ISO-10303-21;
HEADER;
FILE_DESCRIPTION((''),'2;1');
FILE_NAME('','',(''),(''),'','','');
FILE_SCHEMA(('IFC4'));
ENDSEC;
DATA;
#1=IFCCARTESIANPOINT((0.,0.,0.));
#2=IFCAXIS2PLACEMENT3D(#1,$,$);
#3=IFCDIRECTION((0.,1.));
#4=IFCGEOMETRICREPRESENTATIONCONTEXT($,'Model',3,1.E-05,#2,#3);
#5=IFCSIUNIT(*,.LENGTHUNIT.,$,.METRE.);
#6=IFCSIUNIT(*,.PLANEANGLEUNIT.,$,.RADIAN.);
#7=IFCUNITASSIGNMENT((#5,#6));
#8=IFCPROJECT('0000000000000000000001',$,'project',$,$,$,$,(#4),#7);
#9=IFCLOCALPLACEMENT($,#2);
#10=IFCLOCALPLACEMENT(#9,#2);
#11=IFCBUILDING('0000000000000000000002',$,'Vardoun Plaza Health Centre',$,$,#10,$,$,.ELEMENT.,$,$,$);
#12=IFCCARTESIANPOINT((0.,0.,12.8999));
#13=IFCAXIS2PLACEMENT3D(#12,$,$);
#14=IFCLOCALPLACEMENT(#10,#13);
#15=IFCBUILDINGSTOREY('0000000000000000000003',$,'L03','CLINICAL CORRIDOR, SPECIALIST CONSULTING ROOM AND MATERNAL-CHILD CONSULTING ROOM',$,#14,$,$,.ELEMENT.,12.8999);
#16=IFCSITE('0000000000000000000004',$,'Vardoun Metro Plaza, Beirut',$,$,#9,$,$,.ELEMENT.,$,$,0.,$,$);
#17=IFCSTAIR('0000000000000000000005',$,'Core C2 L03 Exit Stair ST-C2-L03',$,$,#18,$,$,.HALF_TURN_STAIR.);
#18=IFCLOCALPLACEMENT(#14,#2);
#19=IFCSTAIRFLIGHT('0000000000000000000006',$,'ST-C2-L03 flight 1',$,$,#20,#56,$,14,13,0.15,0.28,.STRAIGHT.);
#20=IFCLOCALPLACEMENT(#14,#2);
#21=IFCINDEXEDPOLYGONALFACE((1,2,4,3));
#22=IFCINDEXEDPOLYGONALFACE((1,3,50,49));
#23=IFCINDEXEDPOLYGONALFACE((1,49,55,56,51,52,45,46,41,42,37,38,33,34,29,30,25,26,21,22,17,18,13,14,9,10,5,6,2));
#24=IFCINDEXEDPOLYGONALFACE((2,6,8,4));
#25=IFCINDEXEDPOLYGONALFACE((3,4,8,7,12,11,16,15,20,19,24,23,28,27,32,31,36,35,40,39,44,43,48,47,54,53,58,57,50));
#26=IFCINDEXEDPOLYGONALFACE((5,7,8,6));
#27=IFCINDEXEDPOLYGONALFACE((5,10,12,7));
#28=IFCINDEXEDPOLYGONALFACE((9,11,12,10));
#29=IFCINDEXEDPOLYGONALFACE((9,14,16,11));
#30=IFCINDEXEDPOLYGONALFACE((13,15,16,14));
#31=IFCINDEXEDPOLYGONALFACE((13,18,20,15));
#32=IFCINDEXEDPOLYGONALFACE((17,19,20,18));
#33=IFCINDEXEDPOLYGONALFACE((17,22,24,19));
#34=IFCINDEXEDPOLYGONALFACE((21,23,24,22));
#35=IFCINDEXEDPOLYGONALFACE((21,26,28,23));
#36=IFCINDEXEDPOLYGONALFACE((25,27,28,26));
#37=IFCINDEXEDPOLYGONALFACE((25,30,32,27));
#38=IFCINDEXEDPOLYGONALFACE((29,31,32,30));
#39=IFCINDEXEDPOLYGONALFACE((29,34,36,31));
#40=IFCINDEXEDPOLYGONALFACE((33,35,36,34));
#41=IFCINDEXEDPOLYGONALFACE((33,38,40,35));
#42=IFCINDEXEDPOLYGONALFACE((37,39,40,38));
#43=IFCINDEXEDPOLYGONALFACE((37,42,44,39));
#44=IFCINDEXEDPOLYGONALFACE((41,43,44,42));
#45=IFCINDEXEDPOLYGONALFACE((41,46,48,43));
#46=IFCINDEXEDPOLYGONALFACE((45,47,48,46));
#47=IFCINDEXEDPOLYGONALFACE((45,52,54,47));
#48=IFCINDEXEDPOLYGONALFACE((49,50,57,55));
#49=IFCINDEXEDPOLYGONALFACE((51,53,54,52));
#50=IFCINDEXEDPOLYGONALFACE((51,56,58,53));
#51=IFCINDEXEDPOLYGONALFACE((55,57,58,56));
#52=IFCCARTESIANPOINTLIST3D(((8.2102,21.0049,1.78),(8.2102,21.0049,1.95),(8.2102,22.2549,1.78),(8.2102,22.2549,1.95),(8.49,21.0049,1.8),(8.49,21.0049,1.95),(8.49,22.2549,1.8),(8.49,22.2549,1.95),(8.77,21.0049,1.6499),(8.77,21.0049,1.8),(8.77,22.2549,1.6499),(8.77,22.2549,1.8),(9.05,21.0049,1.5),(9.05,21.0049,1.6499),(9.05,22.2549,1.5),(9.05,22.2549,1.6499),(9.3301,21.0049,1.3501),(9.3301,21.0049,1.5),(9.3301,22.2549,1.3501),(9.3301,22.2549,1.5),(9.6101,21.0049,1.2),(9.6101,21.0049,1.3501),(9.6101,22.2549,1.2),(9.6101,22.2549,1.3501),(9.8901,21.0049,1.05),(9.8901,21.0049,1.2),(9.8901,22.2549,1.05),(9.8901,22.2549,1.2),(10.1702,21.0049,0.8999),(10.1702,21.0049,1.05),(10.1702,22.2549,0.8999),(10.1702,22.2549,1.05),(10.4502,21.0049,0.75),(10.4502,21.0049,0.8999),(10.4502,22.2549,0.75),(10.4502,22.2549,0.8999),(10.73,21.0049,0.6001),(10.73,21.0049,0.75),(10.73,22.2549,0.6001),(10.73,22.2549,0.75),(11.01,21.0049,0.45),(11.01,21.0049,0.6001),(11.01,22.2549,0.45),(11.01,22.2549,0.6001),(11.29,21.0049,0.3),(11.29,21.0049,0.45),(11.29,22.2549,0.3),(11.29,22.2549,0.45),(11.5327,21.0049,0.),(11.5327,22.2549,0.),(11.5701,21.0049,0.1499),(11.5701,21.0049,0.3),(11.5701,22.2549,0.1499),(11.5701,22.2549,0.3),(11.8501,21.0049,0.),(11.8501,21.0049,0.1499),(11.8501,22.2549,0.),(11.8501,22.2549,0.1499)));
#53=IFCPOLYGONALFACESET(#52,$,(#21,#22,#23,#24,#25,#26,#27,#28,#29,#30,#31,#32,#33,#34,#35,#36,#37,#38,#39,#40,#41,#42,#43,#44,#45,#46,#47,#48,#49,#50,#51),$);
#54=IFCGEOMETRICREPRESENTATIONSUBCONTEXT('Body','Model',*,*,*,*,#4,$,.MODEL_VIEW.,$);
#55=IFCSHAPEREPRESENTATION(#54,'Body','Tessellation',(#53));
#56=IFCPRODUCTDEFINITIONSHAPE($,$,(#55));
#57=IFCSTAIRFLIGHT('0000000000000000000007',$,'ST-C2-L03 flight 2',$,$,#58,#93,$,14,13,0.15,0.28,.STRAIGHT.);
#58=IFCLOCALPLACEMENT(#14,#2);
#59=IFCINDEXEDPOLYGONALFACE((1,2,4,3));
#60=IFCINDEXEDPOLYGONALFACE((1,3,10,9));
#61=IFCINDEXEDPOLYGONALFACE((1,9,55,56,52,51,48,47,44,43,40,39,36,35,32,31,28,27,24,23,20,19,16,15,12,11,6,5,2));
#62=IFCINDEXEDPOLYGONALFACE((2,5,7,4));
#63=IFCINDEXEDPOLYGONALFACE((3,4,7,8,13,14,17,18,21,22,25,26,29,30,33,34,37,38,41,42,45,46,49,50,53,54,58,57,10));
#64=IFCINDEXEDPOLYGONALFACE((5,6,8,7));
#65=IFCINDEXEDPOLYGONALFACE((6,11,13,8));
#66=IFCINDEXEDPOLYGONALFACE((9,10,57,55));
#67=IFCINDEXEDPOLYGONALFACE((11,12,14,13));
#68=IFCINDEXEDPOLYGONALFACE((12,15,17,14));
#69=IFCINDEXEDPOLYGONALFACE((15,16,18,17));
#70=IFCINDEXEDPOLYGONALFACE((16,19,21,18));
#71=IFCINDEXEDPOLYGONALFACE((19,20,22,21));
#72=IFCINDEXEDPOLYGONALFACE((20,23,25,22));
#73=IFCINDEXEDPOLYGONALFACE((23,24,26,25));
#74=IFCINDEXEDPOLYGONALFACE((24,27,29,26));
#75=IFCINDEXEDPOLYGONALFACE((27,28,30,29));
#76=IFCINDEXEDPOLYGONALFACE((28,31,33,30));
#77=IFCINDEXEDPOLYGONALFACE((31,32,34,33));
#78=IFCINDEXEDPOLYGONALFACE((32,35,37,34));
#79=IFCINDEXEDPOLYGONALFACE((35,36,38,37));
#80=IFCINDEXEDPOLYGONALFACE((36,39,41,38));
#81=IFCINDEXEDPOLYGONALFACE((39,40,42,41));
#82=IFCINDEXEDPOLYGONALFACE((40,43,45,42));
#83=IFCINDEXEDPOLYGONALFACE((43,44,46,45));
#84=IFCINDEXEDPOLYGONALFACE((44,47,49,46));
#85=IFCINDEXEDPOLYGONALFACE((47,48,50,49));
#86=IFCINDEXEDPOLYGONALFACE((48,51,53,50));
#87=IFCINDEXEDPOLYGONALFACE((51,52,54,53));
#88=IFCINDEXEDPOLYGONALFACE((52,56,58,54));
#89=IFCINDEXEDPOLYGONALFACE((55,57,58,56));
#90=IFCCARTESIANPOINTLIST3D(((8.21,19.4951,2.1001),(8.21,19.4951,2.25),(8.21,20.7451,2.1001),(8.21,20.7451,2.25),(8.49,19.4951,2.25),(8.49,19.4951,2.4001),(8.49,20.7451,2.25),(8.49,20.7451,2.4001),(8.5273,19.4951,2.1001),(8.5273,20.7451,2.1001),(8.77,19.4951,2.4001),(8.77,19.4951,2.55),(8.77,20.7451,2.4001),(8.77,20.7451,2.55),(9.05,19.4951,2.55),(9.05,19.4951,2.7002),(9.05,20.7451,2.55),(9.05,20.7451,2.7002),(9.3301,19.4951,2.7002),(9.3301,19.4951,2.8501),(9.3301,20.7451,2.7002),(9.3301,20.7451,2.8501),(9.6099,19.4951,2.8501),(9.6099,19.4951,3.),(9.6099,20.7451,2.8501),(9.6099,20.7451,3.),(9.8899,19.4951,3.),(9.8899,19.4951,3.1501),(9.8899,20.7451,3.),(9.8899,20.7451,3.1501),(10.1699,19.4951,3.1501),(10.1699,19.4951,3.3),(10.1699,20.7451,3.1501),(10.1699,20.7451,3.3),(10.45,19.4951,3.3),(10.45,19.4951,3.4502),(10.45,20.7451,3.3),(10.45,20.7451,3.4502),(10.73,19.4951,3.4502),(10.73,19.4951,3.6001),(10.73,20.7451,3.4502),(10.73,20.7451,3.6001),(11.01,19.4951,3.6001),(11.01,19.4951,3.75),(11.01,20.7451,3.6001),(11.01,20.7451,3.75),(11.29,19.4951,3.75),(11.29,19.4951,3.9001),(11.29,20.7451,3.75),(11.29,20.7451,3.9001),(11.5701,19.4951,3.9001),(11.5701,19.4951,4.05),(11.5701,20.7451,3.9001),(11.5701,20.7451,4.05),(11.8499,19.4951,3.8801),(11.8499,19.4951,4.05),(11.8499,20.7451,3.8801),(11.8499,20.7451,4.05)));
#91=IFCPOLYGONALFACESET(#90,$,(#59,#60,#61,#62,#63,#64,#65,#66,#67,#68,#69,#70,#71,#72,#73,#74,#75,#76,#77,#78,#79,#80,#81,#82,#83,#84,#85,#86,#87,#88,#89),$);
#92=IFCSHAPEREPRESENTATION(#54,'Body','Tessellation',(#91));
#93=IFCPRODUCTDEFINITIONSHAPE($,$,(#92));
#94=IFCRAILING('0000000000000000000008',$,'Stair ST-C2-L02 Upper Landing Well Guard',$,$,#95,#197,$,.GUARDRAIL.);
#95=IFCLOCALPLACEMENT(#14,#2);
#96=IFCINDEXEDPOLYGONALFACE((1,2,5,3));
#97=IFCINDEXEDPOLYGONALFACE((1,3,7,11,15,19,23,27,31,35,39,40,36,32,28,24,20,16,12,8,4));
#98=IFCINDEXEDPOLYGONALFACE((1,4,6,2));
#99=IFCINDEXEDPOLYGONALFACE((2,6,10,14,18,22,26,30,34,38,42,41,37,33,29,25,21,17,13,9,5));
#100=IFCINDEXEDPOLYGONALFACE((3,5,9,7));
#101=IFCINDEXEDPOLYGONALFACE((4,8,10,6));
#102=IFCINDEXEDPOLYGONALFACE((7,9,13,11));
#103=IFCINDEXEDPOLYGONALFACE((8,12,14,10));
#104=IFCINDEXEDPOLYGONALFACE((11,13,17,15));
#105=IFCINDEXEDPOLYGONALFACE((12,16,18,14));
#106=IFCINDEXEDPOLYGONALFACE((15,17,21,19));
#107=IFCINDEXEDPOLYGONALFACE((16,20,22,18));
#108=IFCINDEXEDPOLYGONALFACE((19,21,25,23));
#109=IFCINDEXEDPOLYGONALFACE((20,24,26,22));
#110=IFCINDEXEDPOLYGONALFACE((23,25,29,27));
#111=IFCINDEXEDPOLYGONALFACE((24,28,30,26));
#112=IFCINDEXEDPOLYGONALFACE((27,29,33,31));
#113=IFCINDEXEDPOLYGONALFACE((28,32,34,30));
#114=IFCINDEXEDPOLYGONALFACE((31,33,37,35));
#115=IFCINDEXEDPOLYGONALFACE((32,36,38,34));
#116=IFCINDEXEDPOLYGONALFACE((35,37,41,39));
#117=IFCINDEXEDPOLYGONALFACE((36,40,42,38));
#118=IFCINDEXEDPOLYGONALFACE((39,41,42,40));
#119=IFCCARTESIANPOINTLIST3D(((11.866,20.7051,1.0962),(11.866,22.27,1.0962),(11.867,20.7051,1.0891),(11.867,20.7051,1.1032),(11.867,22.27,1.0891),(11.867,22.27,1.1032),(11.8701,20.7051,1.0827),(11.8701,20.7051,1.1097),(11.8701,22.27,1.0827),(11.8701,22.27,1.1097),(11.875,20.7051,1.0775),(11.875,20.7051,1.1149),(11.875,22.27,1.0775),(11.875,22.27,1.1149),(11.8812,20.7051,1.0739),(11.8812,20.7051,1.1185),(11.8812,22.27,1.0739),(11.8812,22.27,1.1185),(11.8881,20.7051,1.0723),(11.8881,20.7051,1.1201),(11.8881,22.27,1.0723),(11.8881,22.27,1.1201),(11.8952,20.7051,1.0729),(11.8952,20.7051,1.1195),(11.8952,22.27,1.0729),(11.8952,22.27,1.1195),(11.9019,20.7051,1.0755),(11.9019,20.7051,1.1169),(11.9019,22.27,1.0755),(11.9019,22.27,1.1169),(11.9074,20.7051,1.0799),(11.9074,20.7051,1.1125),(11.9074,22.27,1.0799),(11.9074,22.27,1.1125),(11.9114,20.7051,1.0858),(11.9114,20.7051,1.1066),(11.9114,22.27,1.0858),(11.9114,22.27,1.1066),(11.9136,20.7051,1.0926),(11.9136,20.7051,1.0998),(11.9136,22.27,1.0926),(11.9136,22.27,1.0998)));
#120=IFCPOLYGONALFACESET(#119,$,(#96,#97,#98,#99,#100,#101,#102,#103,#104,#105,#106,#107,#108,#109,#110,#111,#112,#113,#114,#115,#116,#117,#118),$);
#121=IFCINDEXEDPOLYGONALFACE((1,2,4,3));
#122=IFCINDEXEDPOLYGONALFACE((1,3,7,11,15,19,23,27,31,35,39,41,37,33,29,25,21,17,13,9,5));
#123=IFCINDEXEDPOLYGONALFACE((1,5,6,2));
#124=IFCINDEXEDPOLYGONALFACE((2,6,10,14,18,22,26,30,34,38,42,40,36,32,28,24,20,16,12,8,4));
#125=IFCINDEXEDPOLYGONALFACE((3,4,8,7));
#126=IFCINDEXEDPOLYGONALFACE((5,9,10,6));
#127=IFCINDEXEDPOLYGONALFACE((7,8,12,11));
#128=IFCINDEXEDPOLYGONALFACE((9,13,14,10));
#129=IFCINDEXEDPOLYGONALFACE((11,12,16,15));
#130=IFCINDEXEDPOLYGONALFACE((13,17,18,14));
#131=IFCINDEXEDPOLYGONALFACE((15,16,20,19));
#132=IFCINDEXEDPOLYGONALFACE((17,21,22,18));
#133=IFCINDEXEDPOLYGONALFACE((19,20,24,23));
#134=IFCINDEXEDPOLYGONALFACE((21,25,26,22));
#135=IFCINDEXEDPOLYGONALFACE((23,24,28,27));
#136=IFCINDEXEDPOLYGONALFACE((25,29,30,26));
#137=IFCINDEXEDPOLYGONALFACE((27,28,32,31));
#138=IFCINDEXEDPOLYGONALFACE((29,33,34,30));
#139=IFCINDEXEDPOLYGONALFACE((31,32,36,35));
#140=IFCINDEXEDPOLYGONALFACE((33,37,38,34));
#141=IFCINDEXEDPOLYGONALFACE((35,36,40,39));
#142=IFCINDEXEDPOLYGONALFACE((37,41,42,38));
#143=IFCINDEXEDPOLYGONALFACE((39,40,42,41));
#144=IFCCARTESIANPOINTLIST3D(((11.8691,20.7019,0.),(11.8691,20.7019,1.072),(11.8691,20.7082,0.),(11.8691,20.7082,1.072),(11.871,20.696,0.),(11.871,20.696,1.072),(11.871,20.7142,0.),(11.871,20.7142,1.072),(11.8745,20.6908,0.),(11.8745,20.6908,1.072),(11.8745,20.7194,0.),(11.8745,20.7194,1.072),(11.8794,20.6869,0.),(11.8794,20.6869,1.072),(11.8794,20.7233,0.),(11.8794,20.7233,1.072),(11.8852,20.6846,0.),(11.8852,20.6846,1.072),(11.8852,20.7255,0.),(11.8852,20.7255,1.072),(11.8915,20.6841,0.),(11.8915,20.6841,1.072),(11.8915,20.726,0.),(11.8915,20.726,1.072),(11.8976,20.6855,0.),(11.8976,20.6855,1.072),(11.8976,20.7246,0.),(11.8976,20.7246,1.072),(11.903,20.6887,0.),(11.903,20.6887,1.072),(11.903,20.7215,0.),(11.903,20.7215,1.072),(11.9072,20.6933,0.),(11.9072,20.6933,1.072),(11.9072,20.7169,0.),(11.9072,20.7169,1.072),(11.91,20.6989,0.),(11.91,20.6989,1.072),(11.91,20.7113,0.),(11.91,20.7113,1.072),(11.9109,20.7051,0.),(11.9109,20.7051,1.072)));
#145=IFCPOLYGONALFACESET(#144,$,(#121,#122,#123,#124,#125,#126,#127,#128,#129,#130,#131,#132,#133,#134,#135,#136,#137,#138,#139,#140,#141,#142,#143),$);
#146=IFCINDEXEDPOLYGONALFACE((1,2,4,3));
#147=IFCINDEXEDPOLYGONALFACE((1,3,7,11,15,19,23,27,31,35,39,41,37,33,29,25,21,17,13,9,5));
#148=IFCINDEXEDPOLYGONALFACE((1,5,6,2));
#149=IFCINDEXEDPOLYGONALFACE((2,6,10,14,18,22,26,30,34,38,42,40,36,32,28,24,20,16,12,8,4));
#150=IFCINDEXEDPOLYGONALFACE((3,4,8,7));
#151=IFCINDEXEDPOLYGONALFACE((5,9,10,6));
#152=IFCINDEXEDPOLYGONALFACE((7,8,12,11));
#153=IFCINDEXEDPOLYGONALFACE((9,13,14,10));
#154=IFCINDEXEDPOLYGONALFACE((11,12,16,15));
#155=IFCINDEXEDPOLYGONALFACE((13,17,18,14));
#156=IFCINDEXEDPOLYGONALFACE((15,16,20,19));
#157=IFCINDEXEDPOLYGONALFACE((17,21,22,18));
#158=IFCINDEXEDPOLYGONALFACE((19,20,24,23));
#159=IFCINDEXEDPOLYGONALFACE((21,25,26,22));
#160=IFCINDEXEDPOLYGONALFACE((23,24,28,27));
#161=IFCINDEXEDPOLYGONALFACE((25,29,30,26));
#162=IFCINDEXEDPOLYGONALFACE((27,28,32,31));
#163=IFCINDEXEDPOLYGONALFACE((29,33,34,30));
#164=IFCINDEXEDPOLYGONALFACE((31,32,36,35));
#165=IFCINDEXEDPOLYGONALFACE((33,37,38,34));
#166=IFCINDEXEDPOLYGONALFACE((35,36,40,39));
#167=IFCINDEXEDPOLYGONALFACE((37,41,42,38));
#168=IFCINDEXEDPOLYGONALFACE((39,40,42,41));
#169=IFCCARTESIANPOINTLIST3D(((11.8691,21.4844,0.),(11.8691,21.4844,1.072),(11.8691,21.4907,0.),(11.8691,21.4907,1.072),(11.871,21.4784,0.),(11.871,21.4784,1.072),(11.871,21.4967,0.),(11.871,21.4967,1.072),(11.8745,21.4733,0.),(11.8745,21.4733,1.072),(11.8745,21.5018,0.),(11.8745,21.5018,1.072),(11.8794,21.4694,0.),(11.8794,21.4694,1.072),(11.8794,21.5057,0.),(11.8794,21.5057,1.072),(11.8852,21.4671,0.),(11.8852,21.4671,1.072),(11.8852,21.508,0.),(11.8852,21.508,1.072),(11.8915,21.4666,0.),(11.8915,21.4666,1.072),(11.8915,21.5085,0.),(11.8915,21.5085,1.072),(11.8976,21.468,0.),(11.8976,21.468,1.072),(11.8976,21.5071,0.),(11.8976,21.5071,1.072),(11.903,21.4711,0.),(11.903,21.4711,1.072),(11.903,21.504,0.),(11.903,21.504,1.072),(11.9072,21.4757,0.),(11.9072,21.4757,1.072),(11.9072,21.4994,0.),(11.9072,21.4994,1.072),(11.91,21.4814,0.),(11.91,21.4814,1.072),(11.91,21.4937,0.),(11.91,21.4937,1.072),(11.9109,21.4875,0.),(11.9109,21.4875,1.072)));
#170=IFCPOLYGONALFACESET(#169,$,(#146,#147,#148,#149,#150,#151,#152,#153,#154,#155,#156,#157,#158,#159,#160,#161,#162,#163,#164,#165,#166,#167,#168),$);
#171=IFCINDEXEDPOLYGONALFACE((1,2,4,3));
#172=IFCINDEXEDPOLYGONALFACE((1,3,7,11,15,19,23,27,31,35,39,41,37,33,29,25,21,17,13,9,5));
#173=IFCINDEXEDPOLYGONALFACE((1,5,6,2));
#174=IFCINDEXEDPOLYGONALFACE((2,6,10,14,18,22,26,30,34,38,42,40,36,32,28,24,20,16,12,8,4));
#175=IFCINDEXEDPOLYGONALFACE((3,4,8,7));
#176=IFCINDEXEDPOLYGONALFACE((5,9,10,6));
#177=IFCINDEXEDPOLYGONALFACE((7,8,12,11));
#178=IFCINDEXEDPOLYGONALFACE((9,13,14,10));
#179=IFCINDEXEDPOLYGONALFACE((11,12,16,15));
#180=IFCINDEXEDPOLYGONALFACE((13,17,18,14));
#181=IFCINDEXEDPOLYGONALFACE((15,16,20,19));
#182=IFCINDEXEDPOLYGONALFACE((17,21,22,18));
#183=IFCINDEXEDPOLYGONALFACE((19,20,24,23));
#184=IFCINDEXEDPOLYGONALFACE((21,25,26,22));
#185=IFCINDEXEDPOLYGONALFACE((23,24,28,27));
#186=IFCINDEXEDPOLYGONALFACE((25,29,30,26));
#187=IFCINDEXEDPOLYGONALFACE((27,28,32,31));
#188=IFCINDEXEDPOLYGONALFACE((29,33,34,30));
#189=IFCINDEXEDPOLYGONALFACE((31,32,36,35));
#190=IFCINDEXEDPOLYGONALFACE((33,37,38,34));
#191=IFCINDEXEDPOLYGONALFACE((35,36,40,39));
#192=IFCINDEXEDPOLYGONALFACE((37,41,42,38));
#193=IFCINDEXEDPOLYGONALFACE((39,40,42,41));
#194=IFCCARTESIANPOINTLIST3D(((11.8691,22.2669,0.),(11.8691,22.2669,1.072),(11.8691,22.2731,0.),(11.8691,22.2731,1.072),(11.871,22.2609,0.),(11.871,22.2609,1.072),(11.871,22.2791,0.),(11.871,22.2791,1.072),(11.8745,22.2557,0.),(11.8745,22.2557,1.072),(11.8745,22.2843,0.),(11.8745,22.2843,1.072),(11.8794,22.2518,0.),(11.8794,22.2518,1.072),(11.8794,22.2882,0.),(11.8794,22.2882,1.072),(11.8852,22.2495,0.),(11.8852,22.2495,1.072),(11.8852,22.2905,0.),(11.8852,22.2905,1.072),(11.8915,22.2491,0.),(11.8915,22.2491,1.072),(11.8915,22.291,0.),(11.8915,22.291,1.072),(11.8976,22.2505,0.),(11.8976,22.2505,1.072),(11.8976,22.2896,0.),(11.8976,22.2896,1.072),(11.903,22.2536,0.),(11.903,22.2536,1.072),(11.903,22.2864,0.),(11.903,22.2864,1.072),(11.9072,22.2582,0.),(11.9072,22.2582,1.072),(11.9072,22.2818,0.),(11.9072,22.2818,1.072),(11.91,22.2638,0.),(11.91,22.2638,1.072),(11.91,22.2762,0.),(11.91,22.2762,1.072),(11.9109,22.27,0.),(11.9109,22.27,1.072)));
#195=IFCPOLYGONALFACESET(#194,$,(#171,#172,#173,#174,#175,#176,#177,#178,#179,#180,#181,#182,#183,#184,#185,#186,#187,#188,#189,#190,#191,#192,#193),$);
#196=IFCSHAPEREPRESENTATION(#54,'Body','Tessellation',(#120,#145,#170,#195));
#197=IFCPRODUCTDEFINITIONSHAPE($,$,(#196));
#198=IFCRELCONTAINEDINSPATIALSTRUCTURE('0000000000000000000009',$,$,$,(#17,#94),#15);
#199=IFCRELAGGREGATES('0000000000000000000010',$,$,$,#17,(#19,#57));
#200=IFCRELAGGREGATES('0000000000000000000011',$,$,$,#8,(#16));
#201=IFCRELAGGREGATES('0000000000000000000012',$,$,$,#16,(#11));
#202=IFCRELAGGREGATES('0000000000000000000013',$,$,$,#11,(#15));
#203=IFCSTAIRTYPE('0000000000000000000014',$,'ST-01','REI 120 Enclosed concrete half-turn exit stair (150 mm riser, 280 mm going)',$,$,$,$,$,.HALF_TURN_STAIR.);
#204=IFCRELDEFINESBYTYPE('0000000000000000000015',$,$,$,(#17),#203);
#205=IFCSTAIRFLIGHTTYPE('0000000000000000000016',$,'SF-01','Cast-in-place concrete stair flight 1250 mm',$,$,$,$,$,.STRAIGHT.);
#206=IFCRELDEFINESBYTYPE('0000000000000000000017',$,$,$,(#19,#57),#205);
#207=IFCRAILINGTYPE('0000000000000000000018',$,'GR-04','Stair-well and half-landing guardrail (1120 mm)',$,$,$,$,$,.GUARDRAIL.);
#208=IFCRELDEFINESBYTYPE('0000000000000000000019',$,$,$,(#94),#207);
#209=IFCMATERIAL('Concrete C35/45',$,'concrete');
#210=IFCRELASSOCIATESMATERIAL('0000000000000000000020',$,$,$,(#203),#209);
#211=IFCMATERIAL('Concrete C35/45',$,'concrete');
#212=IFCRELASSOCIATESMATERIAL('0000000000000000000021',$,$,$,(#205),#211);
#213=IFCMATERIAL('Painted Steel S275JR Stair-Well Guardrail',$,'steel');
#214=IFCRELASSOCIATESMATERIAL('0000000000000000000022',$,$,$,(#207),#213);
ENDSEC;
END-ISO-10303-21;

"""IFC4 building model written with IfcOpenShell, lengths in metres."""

from ifc_helpers import new_model, si_unit, direction, frame, origin, origin_2d, place, context, subcontext, project, spatial, polyline, circle, outline, extrude, material, type_object, element, aggregate, save


model = new_model("IFC4")

# Units and contexts
model_context = context("Model", 3, precision=1e-05, world=origin(), true_north=direction((0.0, 1.0)))
body_context = subcontext(model_context, "Body", "Model", "MODEL_VIEW")
ifc_project = project(units=[si_unit("LENGTHUNIT", "METRE"), si_unit("PLANEANGLEUNIT", "RADIAN")], contexts=[model_context])

# Site, building, storey
site_placement = place(None, origin())
site = spatial("IfcSite", under=ifc_project, at=site_placement, Name="Vardoun Metro Plaza, Beirut", CompositionType="ELEMENT", RefElevation=0.0)
building_placement = place(site_placement, origin())
building = spatial("IfcBuilding", under=site, at=building_placement, Name="Vardoun Plaza Health Centre", CompositionType="ELEMENT")
storey_placement = place(building_placement, frame((0.0, 0.0, 12.8999)))
storey = spatial("IfcBuildingStorey", under=building, at=storey_placement, Name="L03", Description="CLINICAL CORRIDOR, SPECIALIST CONSULTING ROOM AND MATERNAL-CHILD CONSULTING ROOM", CompositionType="ELEMENT", Elevation=12.8999)

# Stair, stair flights
ifc_material_1 = material(Name="Concrete C35/45", Category="concrete")
stair_type = type_object("IfcStairType", Name="ST-01", Description="REI 120 Enclosed concrete half-turn exit stair (150 mm riser, 280 mm going)", PredefinedType="HALF_TURN_STAIR", material=ifc_material_1)
stair_placement = place(storey_placement, origin())
stair = element("IfcStair", 1, at=stair_placement, inside=storey, type_object=stair_type, Name="Core C2 L03 Exit Stair ST-C2-L03", PredefinedType="HALF_TURN_STAIR")
ifc_material_2 = material(Name="Concrete C35/45", Category="concrete")
stair_flight_type = type_object("IfcStairFlightType", Name="SF-01", Description="Cast-in-place concrete stair flight 1250 mm", PredefinedType="STRAIGHT", material=ifc_material_2)
stair_flight_1_placement = place(storey_placement, frame((11.8501, 21.6299, 0.0), z_axis=(0.0, 0.0, 1.0), x_axis=(-1.0, 0.0, 0.0)))
stair_flight_1 = element("IfcStairFlight", 2, at=stair_flight_1_placement, type_object=stair_flight_type, Name="ST-C2-L03 flight 1", NumberOfRisers=14, NumberOfTreads=13, PredefinedType="STRAIGHT", RiserHeight=0.15, TreadLength=0.28, context=body_context, shape_type="SweptSolid", body=[
    extrude(outline(polyline([(0.0, 0.0), (0.0, 0.1499), (0.28, 0.1499), (0.28, 0.3), (0.5601, 0.3), (0.5601, 0.45), (0.8401, 0.45), (0.8401, 0.6001), (1.1201, 0.6001), (1.1201, 0.75), (1.3999, 0.75), (1.3999, 0.8999), (1.6799, 0.8999), (1.6799, 1.05), (1.96, 1.05), (1.96, 1.2), (2.24, 1.2), (2.24, 1.3501), (2.52, 1.3501), (2.52, 1.5), (2.8, 1.5), (2.8, 1.6499), (3.0801, 1.6499), (3.0801, 1.8), (3.3601, 1.8), (3.3601, 1.95), (3.6399, 1.95), (3.6399, 2.1001), (3.6399, 1.78), (0.3174, 0.0), (0.0, 0.0)])), frame((0.0, 0.625, 0.0), z_axis=(0.0, -1.0, 0.0), x_axis=(1.0, 0.0, 0.0)), (0.0, 0.0, 1.0), 1.25),
])
stair_flight_2_placement = place(storey_placement, frame((8.21, 20.1201, 2.1001), z_axis=(0.0, 0.0, 1.0), x_axis=(1.0, 0.0, 0.0)))
stair_flight_2 = element("IfcStairFlight", 3, at=stair_flight_2_placement, type_object=stair_flight_type, Name="ST-C2-L03 flight 2", NumberOfRisers=14, NumberOfTreads=13, PredefinedType="STRAIGHT", RiserHeight=0.15, TreadLength=0.28, context=body_context, shape_type="SweptSolid", body=[
    extrude(outline(polyline([(0.0, 0.0), (0.0, 0.1499), (0.28, 0.1499), (0.28, 0.3), (0.5601, 0.3), (0.5601, 0.45), (0.8401, 0.45), (0.8401, 0.6001), (1.1201, 0.6001), (1.1201, 0.75), (1.3999, 0.75), (1.3999, 0.8999), (1.6799, 0.8999), (1.6799, 1.05), (1.96, 1.05), (1.96, 1.2), (2.24, 1.2), (2.24, 1.3501), (2.52, 1.3501), (2.52, 1.5), (2.8, 1.5), (2.8, 1.6499), (3.0801, 1.6499), (3.0801, 1.8), (3.3601, 1.8), (3.3601, 1.95), (3.6399, 1.95), (3.6399, 2.1001), (3.6399, 1.78), (0.3174, 0.0), (0.0, 0.0)])), frame((0.0, 0.625, 0.0), z_axis=(0.0, -1.0, 0.0), x_axis=(1.0, 0.0, 0.0)), (0.0, 0.0, 1.0), 1.25),
])
aggregate(stair, [stair_flight_1, stair_flight_2])

# Railing
ifc_material_3 = material(Name="Painted Steel S275JR Stair-Well Guardrail", Category="steel")
railing_type_1 = type_object("IfcRailingType", Name="GR-04", Description="Stair-well and half-landing guardrail (1120 mm)", PredefinedType="GUARDRAIL", material=ifc_material_3)
railing_1_placement = place(storey_placement, frame((11.8899, 20.7051, 0.0)))
element("IfcRailing", 4, at=railing_1_placement, inside=storey, type_object=railing_type_1, Name="Stair ST-C2-L02 Upper Landing Well Guard", PredefinedType="GUARDRAIL", context=body_context, shape_type="SweptSolid", body=[
    extrude(circle(Radius=0.0239, at=origin_2d()), frame((0.0, 0.0, 1.0962), z_axis=(0.0, 1.0, 0.0), x_axis=(-1.0, 0.0, 0.0)), (0.0, 0.0, 1.0), 1.5649),
    extrude(circle(Radius=0.021, at=origin_2d()), origin(), (0.0, 0.0, 1.0), 1.072),
    extrude(circle(Radius=0.021, at=origin_2d()), frame((0.0, 0.7825, 0.0)), (0.0, 0.0, 1.0), 1.072),
    extrude(circle(Radius=0.021, at=origin_2d()), frame((0.0, 1.5649, 0.0)), (0.0, 0.0, 1.0), 1.072),
])

save(model, "model.ifc")
